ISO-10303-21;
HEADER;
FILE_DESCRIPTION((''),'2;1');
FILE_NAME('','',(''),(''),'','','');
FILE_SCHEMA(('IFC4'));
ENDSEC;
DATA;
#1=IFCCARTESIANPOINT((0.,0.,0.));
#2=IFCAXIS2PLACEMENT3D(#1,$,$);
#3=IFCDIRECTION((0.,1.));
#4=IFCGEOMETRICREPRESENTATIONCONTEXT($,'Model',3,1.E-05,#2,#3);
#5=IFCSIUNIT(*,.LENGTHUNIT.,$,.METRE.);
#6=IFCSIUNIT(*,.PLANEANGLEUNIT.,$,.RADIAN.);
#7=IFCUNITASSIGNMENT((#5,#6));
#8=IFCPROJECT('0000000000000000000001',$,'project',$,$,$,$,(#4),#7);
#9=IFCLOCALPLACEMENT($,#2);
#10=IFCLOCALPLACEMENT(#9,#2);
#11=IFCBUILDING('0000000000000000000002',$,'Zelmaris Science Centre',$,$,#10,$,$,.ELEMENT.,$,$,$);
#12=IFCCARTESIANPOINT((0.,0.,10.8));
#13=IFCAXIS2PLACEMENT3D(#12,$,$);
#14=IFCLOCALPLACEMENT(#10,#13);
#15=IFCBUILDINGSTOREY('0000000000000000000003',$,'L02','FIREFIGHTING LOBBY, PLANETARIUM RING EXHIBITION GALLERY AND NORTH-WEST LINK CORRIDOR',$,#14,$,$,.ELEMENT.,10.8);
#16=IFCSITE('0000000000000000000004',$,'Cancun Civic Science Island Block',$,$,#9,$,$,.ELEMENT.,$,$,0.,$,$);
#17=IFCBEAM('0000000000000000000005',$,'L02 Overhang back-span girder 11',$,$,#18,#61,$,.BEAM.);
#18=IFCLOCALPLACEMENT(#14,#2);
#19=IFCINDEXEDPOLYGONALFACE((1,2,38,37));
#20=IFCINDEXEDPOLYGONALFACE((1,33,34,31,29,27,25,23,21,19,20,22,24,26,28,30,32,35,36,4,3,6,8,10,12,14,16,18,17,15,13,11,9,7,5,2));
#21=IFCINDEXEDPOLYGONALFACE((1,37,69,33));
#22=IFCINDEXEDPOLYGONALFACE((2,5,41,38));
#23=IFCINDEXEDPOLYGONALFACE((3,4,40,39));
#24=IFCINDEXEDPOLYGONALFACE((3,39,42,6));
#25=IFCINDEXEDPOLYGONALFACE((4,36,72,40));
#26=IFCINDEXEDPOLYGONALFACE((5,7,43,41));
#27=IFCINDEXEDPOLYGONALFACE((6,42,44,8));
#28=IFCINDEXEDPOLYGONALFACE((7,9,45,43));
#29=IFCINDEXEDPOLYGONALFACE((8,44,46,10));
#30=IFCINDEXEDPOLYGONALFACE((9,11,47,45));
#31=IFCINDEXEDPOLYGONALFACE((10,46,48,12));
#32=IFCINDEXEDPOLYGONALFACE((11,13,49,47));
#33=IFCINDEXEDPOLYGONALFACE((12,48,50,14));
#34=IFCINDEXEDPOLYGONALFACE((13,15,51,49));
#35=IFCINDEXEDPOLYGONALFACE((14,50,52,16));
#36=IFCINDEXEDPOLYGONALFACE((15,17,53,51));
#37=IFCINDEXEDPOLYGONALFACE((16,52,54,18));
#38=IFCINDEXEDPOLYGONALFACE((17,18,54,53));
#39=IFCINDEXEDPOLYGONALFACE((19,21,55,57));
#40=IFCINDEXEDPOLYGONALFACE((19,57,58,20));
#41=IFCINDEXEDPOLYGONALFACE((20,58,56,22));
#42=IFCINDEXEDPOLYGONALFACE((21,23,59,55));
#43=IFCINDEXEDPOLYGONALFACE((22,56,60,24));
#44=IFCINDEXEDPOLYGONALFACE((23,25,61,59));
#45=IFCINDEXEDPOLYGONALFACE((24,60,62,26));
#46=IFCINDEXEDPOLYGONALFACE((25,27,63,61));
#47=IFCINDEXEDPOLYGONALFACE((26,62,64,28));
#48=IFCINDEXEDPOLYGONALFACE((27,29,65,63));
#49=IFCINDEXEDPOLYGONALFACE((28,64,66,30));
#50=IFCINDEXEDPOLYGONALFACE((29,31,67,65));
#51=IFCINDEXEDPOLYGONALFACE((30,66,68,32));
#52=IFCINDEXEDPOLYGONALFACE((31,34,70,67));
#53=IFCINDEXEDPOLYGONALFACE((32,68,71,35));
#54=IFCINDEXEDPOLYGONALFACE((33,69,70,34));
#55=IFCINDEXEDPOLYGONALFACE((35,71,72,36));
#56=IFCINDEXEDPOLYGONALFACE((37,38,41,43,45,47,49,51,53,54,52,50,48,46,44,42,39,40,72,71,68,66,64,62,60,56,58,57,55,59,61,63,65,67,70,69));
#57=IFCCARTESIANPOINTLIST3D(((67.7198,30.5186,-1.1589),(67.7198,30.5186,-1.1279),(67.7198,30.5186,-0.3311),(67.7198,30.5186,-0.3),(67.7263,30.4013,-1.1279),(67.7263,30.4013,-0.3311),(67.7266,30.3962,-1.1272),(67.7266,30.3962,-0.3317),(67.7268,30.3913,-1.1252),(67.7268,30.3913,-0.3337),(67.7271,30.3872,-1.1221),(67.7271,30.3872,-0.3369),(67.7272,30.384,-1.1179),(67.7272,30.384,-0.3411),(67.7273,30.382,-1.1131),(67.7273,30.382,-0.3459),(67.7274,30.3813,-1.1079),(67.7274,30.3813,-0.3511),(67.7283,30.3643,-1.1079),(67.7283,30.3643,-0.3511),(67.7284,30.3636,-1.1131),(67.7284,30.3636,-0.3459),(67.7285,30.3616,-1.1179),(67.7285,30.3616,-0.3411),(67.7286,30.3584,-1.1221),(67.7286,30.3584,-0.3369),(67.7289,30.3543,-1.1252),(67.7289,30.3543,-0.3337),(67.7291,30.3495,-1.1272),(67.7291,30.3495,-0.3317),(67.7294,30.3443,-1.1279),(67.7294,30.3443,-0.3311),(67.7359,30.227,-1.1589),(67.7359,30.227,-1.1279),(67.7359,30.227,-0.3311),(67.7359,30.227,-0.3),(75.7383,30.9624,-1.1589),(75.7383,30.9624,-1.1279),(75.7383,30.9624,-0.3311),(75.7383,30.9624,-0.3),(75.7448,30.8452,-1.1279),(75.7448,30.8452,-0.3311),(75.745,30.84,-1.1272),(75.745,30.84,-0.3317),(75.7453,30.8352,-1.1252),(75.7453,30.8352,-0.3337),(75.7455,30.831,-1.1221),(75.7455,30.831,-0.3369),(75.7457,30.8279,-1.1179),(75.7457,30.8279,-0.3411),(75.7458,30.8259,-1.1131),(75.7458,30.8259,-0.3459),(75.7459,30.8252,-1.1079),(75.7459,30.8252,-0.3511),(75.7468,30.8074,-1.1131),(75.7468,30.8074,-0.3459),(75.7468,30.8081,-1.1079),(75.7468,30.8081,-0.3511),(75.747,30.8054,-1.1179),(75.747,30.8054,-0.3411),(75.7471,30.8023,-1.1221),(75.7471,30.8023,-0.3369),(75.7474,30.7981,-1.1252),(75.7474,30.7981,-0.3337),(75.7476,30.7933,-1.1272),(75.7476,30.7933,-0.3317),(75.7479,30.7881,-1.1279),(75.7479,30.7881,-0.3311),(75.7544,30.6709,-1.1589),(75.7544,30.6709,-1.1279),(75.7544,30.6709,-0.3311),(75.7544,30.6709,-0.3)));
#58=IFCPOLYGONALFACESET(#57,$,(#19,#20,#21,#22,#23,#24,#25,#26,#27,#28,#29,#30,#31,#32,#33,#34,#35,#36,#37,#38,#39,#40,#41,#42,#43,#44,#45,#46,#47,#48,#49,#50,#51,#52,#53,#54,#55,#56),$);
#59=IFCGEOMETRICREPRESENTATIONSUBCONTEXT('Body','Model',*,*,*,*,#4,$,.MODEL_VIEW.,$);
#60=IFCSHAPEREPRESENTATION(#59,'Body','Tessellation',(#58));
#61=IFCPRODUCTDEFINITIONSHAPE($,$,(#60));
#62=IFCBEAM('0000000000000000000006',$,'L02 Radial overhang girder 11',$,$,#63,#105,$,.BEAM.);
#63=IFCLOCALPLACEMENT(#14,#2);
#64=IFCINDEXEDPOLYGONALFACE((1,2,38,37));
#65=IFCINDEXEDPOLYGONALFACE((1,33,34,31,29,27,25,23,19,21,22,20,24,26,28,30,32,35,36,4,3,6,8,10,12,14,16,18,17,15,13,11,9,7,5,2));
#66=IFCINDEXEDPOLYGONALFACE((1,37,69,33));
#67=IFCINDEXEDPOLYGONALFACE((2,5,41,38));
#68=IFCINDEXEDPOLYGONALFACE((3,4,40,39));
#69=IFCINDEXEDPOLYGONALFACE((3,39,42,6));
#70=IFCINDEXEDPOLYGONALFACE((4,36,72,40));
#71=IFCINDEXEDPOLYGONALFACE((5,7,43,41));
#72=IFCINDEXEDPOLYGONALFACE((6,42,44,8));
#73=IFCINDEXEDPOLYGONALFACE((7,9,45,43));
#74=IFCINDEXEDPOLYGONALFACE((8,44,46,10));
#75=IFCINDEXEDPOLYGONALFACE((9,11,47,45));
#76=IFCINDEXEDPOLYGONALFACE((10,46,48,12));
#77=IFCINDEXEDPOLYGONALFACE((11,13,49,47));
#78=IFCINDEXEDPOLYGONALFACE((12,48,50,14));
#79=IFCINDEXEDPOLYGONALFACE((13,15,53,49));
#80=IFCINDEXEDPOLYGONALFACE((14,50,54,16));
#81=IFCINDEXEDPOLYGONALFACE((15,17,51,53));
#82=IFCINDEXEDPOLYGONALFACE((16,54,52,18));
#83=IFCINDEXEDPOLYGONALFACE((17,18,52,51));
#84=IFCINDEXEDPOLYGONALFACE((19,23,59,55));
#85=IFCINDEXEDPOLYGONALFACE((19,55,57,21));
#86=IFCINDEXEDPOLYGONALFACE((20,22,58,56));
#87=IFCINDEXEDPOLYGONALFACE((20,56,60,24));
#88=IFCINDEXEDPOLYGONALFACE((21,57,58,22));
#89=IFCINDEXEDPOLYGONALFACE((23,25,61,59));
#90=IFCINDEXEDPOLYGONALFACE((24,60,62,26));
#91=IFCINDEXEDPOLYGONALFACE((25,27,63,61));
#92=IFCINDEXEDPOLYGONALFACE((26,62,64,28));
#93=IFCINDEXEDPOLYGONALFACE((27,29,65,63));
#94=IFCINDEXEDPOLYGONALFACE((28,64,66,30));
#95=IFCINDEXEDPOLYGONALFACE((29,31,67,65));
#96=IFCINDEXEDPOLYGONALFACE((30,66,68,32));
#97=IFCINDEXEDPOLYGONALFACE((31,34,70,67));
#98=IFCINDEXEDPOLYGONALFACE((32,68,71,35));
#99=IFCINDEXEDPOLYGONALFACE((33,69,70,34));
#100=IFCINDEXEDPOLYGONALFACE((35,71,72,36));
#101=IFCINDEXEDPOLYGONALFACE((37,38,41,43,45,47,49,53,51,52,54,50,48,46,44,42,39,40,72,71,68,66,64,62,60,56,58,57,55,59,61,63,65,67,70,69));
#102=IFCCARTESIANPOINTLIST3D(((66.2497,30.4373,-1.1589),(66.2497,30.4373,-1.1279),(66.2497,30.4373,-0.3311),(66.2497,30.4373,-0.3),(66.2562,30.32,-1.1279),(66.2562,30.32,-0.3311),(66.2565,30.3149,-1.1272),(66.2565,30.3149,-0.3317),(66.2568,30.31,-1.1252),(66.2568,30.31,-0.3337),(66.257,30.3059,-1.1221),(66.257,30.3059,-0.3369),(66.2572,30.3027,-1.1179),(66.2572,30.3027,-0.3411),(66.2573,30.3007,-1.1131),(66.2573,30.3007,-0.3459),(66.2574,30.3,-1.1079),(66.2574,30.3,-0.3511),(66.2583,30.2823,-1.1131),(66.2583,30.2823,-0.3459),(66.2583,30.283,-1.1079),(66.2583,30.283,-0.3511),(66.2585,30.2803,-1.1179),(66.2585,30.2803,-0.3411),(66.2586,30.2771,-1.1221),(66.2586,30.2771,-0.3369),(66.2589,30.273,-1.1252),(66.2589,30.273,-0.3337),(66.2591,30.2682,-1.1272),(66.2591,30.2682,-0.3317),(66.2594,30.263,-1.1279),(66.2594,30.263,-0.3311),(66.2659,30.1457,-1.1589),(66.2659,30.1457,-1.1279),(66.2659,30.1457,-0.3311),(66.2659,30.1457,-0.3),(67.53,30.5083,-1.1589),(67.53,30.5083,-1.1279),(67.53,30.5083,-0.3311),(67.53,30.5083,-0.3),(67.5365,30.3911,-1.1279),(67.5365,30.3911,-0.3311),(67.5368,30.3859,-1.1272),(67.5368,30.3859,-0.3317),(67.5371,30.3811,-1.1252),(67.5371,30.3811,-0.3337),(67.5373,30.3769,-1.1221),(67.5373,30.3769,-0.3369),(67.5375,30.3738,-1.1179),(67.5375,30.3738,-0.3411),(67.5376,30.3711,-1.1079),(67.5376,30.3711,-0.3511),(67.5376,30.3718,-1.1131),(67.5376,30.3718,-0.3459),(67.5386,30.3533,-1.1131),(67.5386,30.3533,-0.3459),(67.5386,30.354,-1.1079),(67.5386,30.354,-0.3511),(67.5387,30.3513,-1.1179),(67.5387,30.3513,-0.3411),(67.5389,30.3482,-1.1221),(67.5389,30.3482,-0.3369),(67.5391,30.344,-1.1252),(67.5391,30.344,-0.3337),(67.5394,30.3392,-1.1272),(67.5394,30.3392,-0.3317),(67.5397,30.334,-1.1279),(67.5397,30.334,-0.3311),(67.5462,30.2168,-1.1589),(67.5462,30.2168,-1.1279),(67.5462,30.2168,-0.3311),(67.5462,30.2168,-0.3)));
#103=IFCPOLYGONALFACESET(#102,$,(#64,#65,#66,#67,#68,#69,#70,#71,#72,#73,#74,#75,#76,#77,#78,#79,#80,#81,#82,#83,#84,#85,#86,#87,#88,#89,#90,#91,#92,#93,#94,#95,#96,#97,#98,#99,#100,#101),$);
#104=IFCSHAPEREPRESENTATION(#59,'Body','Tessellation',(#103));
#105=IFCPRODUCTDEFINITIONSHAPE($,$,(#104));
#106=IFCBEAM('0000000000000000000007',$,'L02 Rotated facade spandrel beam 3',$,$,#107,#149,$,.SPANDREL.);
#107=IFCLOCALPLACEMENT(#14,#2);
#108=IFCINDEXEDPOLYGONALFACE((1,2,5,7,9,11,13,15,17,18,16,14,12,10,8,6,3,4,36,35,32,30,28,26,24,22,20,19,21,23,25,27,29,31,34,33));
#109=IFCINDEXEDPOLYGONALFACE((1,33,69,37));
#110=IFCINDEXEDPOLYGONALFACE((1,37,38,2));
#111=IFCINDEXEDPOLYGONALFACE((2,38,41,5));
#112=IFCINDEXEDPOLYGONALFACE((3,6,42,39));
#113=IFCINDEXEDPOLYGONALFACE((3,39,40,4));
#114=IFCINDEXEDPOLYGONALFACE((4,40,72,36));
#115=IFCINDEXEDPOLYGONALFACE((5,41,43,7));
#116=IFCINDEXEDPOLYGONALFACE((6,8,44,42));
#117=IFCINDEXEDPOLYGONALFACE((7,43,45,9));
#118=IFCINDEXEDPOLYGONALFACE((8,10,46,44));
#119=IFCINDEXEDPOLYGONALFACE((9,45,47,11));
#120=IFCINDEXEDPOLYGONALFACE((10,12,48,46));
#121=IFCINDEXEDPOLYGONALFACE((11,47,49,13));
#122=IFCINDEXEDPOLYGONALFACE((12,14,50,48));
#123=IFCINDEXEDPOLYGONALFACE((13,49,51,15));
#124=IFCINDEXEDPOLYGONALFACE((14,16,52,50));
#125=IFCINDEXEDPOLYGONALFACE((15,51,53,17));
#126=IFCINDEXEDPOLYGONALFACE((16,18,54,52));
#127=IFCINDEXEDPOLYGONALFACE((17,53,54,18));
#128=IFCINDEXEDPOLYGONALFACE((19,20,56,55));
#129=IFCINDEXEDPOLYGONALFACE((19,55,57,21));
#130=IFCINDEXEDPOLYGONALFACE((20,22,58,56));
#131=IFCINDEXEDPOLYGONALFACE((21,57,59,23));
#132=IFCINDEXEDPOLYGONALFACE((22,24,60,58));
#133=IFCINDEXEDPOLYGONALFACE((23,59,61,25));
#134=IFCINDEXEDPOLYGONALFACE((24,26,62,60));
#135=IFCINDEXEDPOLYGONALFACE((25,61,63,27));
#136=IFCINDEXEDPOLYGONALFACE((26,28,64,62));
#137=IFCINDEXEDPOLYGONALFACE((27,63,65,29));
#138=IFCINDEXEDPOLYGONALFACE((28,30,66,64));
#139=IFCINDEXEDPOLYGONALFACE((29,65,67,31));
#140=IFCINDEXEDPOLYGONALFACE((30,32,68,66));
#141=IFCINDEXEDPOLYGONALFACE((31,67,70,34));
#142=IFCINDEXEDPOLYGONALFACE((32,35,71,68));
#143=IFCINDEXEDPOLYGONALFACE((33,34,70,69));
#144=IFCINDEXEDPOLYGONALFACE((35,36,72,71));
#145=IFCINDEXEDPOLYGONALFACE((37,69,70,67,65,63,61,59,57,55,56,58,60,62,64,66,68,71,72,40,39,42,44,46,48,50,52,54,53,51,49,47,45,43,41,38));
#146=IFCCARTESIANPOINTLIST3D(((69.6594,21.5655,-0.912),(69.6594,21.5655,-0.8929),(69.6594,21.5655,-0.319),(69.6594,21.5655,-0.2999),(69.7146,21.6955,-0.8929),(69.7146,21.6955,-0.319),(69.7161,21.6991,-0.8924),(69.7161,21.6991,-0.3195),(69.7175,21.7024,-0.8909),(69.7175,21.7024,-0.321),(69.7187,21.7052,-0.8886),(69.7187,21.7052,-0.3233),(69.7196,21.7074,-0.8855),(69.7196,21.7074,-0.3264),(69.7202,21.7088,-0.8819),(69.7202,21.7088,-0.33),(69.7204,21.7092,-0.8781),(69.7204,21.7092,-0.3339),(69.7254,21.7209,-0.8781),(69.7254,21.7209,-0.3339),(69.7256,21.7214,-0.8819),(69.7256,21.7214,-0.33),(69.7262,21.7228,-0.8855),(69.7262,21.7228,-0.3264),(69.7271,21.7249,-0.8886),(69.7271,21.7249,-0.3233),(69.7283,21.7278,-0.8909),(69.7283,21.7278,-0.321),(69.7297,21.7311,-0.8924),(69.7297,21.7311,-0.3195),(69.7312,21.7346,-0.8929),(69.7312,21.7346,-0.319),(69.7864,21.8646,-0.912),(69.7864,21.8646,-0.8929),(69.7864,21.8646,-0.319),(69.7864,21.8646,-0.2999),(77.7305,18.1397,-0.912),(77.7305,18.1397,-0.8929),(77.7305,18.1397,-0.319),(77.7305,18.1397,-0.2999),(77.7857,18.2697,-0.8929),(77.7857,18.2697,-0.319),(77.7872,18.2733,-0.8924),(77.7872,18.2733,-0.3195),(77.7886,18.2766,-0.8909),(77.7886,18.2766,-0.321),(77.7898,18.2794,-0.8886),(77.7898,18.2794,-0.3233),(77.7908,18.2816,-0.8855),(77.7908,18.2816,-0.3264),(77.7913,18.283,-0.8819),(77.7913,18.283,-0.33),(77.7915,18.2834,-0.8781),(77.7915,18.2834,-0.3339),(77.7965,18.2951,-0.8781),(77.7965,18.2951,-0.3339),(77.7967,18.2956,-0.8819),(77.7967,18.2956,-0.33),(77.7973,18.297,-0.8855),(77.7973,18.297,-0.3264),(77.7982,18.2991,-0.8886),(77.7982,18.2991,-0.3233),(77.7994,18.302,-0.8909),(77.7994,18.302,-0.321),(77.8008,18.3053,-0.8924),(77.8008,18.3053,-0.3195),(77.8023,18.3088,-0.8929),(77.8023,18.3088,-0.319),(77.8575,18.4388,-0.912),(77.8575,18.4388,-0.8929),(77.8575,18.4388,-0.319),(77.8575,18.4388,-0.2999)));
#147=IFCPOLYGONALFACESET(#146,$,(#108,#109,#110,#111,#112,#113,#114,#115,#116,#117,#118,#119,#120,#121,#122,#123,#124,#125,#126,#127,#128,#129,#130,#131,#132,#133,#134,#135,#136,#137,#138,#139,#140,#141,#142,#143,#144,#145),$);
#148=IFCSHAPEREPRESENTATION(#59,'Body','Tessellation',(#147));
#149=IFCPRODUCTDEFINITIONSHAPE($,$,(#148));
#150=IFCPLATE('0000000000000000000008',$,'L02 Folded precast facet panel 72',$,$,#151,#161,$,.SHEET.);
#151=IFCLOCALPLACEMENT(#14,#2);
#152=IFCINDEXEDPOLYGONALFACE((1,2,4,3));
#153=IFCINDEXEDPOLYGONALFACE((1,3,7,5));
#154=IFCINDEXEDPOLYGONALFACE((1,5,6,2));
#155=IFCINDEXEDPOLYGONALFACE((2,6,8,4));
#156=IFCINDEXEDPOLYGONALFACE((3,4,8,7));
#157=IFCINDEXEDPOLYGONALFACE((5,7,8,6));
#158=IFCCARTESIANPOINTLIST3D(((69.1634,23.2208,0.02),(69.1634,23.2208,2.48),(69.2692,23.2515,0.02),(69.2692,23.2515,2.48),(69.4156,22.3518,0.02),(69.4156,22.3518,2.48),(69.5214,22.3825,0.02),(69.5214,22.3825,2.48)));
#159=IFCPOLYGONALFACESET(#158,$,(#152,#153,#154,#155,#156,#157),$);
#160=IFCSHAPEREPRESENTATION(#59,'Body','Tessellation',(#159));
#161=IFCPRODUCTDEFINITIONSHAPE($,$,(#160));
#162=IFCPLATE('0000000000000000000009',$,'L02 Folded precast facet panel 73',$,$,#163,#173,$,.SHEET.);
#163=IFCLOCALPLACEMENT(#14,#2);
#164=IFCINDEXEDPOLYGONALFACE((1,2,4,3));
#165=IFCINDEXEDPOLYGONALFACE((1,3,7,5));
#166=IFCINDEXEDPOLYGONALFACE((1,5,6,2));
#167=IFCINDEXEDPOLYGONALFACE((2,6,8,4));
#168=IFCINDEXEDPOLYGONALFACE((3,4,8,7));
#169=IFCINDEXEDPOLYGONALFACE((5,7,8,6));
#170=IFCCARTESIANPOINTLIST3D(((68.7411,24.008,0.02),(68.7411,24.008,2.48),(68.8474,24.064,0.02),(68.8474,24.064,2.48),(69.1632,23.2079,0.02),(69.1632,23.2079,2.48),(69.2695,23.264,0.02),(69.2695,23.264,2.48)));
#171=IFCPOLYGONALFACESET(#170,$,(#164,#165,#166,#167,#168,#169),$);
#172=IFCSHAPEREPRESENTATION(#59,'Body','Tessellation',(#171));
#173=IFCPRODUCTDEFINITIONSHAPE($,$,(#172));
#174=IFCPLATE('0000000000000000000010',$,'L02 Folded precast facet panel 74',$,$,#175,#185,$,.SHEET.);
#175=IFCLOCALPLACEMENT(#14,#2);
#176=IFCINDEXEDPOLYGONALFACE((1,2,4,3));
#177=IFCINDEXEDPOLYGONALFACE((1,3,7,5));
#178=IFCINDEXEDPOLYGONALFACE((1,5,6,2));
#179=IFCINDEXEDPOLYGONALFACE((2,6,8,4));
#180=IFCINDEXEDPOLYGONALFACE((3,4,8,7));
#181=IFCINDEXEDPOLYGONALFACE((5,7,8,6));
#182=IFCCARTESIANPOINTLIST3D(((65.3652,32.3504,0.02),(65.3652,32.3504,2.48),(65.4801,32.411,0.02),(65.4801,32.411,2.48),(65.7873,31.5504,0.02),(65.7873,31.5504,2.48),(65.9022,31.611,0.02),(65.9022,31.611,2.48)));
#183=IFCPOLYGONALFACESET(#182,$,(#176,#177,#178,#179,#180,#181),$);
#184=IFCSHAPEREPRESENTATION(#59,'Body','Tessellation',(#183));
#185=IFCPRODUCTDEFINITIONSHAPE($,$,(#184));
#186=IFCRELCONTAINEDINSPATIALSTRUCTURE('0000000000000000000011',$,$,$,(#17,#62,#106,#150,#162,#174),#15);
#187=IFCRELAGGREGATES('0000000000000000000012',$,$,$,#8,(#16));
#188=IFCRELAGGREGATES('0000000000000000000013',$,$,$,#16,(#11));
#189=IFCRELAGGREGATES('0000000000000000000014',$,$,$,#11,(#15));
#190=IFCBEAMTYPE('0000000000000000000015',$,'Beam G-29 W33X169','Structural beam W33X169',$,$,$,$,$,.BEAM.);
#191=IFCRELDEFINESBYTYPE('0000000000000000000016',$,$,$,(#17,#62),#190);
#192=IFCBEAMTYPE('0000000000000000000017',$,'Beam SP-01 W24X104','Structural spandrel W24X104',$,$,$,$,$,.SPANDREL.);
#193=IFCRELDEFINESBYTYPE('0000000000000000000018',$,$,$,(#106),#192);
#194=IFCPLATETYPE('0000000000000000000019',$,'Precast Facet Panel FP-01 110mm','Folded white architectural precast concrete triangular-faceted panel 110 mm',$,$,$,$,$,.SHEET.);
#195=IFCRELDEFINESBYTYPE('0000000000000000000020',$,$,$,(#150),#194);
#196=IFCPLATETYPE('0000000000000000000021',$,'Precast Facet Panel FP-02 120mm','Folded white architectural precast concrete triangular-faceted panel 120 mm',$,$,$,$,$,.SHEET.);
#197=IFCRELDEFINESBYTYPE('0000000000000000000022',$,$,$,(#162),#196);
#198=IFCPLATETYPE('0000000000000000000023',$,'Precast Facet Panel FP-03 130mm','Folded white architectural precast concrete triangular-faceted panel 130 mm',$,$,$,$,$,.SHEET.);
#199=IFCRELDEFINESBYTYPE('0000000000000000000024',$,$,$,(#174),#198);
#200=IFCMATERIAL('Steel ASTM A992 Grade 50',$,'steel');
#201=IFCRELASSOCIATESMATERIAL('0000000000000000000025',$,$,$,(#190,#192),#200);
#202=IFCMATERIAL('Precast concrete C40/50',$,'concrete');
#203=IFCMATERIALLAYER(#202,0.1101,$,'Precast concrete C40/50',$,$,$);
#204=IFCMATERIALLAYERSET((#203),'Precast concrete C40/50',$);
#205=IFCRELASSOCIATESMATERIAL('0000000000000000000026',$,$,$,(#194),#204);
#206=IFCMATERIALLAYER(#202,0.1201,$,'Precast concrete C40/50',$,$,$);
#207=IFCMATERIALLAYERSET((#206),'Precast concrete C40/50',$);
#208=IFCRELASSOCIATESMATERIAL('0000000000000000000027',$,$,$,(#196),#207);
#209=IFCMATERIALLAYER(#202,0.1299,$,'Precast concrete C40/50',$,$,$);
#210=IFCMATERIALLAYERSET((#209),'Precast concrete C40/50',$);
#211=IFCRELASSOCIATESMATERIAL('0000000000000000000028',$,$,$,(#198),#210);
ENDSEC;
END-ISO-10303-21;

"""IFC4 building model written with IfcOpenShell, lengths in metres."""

from ifc_helpers import new_model, si_unit, direction, frame, frame_2d, origin, origin_2d, place, context, subcontext, project, spatial, rectangle, i_section, extrude, material, layer, layer_set, material_profile, profile_set, type_object, element, save


model = new_model("IFC4")

# Units and contexts
model_context = context("Model", 3, precision=1e-05, world=origin(), true_north=direction((0.0, 1.0)))
body_context = subcontext(model_context, "Body", "Model", "MODEL_VIEW")
ifc_project = project(units=[si_unit("LENGTHUNIT", "METRE"), si_unit("PLANEANGLEUNIT", "RADIAN")], contexts=[model_context])

# Site, building, storey
site_placement = place(None, origin())
site = spatial("IfcSite", under=ifc_project, at=site_placement, Name="Cancun Civic Science Island Block", CompositionType="ELEMENT", RefElevation=0.0)
building_placement = place(site_placement, origin())
building = spatial("IfcBuilding", under=site, at=building_placement, Name="Zelmaris Science Centre", CompositionType="ELEMENT")
storey_placement = place(building_placement, frame((0.0, 0.0, 10.8)))
storey = spatial("IfcBuildingStorey", under=building, at=storey_placement, Name="L02", Description="FIREFIGHTING LOBBY, PLANETARIUM RING EXHIBITION GALLERY AND NORTH-WEST LINK CORRIDOR", CompositionType="ELEMENT", Elevation=10.8)

# Shared definitions
ifc_material_1 = material(Name="Steel ASTM A992 Grade 50", Category="steel")

# Beams
ifc_material_profile_1 = material_profile(ifc_material_1, i_section(OverallWidth=0.292, OverallDepth=0.8589, WebThickness=0.0171, FlangeThickness=0.031, FilletRadius=0.02, at=origin_2d()), Name="W33X169")
ifc_profile_set_1 = profile_set([ifc_material_profile_1], Name="Steel ASTM A992 Grade 50")
beam_type_1 = type_object("IfcBeamType", Name="Beam G-29 W33X169", Description="Structural beam W33X169", PredefinedType="BEAM", material=ifc_profile_set_1)
beam_1_placement = place(storey_placement, frame((75.7463, 30.8167, -0.7295), z_axis=(-0.998472, -0.055268, 0.0), x_axis=(0.055268, -0.998472, 0.0)))
element("IfcBeam", 1, at=beam_1_placement, inside=storey, type_object=beam_type_1, Name="L02 Overhang back-span girder 11", PredefinedType="BEAM", context=body_context, shape_type="SweptSolid", body=[
    extrude(i_section(OverallWidth=0.292, OverallDepth=0.8589, WebThickness=0.0171, FlangeThickness=0.031, FilletRadius=0.02, at=origin_2d()), origin(), (0.0, 0.0, 1.0), 8.0308),
])
beam_2_placement = place(storey_placement, frame((67.5381, 30.3625, -0.7295), z_axis=(-0.998464, -0.055407, 0.0), x_axis=(0.055407, -0.998464, 0.0)))
element("IfcBeam", 2, at=beam_2_placement, inside=storey, type_object=beam_type_1, Name="L02 Radial overhang girder 11", PredefinedType="BEAM", context=body_context, shape_type="SweptSolid", body=[
    extrude(i_section(OverallWidth=0.292, OverallDepth=0.8589, WebThickness=0.0171, FlangeThickness=0.031, FilletRadius=0.02, at=origin_2d()), origin(), (0.0, 0.0, 1.0), 1.2822),
])
ifc_material_profile_2 = material_profile(ifc_material_1, i_section(OverallWidth=0.325, OverallDepth=0.6121, WebThickness=0.0127, FlangeThickness=0.019, FilletRadius=0.0149, at=origin_2d()), Name="W24X104")
ifc_profile_set_2 = profile_set([ifc_material_profile_2], Name="Steel ASTM A992 Grade 50")
beam_type_2 = type_object("IfcBeamType", Name="Beam SP-01 W24X104", Description="Structural spandrel W24X104", PredefinedType="SPANDREL", material=ifc_profile_set_2)
beam_3_placement = place(storey_placement, frame((69.7229, 21.7151, -0.606), z_axis=(0.920512, -0.390714, 0.0), x_axis=(0.390714, 0.920512, 0.0)))
element("IfcBeam", 3, at=beam_3_placement, inside=storey, type_object=beam_type_2, Name="L02 Rotated facade spandrel beam 3", PredefinedType="SPANDREL", context=body_context, shape_type="SweptSolid", body=[
    extrude(i_section(OverallWidth=0.325, OverallDepth=0.6121, WebThickness=0.0127, FlangeThickness=0.019, FilletRadius=0.0149, at=origin_2d()), origin(), (0.0, 0.0, 1.0), 8.7681),
])

# Plates
ifc_material_2 = material(Name="Precast concrete C40/50", Category="concrete")
ifc_layer_1 = layer(ifc_material_2, 0.1101, Name="Precast concrete C40/50")
ifc_layer_set_1 = layer_set([ifc_layer_1], Name="Precast concrete C40/50")
plate_type_1 = type_object("IfcPlateType", Name="Precast Facet Panel FP-01 110mm", Description="Folded white architectural precast concrete triangular-faceted panel 110 mm", PredefinedType="SHEET", material=ifc_layer_set_1)
plate_1_placement = place(storey_placement, frame((69.4685, 22.3672, 0.02), z_axis=(0.0, 0.0, 1.0), x_axis=(-0.278746, 0.960365, 0.0)))
element("IfcPlate", 4, at=plate_1_placement, inside=storey, type_object=plate_type_1, Name="L02 Folded precast facet panel 72", PredefinedType="SHEET", context=body_context, shape_type="SweptSolid", body=[
    extrude(rectangle(XDim=0.9048, YDim=0.1101, at=frame_2d((0.4524, 0.0))), origin(), (0.0, 0.0, 1.0), 2.46),
])
ifc_layer_2 = layer(ifc_material_2, 0.1201, Name="Precast concrete C40/50")
ifc_layer_set_2 = layer_set([ifc_layer_2], Name="Precast concrete C40/50")
plate_type_2 = type_object("IfcPlateType", Name="Precast Facet Panel FP-02 120mm", Description="Folded white architectural precast concrete triangular-faceted panel 120 mm", PredefinedType="SHEET", material=ifc_layer_set_2)
plate_2_placement = place(storey_placement, frame((69.2163, 23.2361, 0.02), z_axis=(0.0, 0.0, 1.0), x_axis=(-0.466647, 0.884444, 0.0)))
element("IfcPlate", 5, at=plate_2_placement, inside=storey, type_object=plate_type_2, Name="L02 Folded precast facet panel 73", PredefinedType="SHEET", context=body_context, shape_type="SweptSolid", body=[
    extrude(rectangle(XDim=0.9045, YDim=0.1201, at=frame_2d((0.4521, 0.0))), origin(), (0.0, 0.0, 1.0), 2.46),
])
ifc_layer_3 = layer(ifc_material_2, 0.1299, Name="Precast concrete C40/50")
ifc_layer_set_3 = layer_set([ifc_layer_3], Name="Precast concrete C40/50")
plate_type_3 = type_object("IfcPlateType", Name="Precast Facet Panel FP-03 130mm", Description="Folded white architectural precast concrete triangular-faceted panel 130 mm", PredefinedType="SHEET", material=ifc_layer_set_3)
plate_3_placement = place(storey_placement, frame((65.8447, 31.5808, 0.02), z_axis=(0.0, 0.0, 1.0), x_axis=(-0.466647, 0.884444, 0.0)))
element("IfcPlate", 6, at=plate_3_placement, inside=storey, type_object=plate_type_3, Name="L02 Folded precast facet panel 74", PredefinedType="SHEET", context=body_context, shape_type="SweptSolid", body=[
    extrude(rectangle(XDim=0.9045, YDim=0.1299, at=frame_2d((0.4521, 0.0))), origin(), (0.0, 0.0, 1.0), 2.46),
])

save(model, "model.ifc")
